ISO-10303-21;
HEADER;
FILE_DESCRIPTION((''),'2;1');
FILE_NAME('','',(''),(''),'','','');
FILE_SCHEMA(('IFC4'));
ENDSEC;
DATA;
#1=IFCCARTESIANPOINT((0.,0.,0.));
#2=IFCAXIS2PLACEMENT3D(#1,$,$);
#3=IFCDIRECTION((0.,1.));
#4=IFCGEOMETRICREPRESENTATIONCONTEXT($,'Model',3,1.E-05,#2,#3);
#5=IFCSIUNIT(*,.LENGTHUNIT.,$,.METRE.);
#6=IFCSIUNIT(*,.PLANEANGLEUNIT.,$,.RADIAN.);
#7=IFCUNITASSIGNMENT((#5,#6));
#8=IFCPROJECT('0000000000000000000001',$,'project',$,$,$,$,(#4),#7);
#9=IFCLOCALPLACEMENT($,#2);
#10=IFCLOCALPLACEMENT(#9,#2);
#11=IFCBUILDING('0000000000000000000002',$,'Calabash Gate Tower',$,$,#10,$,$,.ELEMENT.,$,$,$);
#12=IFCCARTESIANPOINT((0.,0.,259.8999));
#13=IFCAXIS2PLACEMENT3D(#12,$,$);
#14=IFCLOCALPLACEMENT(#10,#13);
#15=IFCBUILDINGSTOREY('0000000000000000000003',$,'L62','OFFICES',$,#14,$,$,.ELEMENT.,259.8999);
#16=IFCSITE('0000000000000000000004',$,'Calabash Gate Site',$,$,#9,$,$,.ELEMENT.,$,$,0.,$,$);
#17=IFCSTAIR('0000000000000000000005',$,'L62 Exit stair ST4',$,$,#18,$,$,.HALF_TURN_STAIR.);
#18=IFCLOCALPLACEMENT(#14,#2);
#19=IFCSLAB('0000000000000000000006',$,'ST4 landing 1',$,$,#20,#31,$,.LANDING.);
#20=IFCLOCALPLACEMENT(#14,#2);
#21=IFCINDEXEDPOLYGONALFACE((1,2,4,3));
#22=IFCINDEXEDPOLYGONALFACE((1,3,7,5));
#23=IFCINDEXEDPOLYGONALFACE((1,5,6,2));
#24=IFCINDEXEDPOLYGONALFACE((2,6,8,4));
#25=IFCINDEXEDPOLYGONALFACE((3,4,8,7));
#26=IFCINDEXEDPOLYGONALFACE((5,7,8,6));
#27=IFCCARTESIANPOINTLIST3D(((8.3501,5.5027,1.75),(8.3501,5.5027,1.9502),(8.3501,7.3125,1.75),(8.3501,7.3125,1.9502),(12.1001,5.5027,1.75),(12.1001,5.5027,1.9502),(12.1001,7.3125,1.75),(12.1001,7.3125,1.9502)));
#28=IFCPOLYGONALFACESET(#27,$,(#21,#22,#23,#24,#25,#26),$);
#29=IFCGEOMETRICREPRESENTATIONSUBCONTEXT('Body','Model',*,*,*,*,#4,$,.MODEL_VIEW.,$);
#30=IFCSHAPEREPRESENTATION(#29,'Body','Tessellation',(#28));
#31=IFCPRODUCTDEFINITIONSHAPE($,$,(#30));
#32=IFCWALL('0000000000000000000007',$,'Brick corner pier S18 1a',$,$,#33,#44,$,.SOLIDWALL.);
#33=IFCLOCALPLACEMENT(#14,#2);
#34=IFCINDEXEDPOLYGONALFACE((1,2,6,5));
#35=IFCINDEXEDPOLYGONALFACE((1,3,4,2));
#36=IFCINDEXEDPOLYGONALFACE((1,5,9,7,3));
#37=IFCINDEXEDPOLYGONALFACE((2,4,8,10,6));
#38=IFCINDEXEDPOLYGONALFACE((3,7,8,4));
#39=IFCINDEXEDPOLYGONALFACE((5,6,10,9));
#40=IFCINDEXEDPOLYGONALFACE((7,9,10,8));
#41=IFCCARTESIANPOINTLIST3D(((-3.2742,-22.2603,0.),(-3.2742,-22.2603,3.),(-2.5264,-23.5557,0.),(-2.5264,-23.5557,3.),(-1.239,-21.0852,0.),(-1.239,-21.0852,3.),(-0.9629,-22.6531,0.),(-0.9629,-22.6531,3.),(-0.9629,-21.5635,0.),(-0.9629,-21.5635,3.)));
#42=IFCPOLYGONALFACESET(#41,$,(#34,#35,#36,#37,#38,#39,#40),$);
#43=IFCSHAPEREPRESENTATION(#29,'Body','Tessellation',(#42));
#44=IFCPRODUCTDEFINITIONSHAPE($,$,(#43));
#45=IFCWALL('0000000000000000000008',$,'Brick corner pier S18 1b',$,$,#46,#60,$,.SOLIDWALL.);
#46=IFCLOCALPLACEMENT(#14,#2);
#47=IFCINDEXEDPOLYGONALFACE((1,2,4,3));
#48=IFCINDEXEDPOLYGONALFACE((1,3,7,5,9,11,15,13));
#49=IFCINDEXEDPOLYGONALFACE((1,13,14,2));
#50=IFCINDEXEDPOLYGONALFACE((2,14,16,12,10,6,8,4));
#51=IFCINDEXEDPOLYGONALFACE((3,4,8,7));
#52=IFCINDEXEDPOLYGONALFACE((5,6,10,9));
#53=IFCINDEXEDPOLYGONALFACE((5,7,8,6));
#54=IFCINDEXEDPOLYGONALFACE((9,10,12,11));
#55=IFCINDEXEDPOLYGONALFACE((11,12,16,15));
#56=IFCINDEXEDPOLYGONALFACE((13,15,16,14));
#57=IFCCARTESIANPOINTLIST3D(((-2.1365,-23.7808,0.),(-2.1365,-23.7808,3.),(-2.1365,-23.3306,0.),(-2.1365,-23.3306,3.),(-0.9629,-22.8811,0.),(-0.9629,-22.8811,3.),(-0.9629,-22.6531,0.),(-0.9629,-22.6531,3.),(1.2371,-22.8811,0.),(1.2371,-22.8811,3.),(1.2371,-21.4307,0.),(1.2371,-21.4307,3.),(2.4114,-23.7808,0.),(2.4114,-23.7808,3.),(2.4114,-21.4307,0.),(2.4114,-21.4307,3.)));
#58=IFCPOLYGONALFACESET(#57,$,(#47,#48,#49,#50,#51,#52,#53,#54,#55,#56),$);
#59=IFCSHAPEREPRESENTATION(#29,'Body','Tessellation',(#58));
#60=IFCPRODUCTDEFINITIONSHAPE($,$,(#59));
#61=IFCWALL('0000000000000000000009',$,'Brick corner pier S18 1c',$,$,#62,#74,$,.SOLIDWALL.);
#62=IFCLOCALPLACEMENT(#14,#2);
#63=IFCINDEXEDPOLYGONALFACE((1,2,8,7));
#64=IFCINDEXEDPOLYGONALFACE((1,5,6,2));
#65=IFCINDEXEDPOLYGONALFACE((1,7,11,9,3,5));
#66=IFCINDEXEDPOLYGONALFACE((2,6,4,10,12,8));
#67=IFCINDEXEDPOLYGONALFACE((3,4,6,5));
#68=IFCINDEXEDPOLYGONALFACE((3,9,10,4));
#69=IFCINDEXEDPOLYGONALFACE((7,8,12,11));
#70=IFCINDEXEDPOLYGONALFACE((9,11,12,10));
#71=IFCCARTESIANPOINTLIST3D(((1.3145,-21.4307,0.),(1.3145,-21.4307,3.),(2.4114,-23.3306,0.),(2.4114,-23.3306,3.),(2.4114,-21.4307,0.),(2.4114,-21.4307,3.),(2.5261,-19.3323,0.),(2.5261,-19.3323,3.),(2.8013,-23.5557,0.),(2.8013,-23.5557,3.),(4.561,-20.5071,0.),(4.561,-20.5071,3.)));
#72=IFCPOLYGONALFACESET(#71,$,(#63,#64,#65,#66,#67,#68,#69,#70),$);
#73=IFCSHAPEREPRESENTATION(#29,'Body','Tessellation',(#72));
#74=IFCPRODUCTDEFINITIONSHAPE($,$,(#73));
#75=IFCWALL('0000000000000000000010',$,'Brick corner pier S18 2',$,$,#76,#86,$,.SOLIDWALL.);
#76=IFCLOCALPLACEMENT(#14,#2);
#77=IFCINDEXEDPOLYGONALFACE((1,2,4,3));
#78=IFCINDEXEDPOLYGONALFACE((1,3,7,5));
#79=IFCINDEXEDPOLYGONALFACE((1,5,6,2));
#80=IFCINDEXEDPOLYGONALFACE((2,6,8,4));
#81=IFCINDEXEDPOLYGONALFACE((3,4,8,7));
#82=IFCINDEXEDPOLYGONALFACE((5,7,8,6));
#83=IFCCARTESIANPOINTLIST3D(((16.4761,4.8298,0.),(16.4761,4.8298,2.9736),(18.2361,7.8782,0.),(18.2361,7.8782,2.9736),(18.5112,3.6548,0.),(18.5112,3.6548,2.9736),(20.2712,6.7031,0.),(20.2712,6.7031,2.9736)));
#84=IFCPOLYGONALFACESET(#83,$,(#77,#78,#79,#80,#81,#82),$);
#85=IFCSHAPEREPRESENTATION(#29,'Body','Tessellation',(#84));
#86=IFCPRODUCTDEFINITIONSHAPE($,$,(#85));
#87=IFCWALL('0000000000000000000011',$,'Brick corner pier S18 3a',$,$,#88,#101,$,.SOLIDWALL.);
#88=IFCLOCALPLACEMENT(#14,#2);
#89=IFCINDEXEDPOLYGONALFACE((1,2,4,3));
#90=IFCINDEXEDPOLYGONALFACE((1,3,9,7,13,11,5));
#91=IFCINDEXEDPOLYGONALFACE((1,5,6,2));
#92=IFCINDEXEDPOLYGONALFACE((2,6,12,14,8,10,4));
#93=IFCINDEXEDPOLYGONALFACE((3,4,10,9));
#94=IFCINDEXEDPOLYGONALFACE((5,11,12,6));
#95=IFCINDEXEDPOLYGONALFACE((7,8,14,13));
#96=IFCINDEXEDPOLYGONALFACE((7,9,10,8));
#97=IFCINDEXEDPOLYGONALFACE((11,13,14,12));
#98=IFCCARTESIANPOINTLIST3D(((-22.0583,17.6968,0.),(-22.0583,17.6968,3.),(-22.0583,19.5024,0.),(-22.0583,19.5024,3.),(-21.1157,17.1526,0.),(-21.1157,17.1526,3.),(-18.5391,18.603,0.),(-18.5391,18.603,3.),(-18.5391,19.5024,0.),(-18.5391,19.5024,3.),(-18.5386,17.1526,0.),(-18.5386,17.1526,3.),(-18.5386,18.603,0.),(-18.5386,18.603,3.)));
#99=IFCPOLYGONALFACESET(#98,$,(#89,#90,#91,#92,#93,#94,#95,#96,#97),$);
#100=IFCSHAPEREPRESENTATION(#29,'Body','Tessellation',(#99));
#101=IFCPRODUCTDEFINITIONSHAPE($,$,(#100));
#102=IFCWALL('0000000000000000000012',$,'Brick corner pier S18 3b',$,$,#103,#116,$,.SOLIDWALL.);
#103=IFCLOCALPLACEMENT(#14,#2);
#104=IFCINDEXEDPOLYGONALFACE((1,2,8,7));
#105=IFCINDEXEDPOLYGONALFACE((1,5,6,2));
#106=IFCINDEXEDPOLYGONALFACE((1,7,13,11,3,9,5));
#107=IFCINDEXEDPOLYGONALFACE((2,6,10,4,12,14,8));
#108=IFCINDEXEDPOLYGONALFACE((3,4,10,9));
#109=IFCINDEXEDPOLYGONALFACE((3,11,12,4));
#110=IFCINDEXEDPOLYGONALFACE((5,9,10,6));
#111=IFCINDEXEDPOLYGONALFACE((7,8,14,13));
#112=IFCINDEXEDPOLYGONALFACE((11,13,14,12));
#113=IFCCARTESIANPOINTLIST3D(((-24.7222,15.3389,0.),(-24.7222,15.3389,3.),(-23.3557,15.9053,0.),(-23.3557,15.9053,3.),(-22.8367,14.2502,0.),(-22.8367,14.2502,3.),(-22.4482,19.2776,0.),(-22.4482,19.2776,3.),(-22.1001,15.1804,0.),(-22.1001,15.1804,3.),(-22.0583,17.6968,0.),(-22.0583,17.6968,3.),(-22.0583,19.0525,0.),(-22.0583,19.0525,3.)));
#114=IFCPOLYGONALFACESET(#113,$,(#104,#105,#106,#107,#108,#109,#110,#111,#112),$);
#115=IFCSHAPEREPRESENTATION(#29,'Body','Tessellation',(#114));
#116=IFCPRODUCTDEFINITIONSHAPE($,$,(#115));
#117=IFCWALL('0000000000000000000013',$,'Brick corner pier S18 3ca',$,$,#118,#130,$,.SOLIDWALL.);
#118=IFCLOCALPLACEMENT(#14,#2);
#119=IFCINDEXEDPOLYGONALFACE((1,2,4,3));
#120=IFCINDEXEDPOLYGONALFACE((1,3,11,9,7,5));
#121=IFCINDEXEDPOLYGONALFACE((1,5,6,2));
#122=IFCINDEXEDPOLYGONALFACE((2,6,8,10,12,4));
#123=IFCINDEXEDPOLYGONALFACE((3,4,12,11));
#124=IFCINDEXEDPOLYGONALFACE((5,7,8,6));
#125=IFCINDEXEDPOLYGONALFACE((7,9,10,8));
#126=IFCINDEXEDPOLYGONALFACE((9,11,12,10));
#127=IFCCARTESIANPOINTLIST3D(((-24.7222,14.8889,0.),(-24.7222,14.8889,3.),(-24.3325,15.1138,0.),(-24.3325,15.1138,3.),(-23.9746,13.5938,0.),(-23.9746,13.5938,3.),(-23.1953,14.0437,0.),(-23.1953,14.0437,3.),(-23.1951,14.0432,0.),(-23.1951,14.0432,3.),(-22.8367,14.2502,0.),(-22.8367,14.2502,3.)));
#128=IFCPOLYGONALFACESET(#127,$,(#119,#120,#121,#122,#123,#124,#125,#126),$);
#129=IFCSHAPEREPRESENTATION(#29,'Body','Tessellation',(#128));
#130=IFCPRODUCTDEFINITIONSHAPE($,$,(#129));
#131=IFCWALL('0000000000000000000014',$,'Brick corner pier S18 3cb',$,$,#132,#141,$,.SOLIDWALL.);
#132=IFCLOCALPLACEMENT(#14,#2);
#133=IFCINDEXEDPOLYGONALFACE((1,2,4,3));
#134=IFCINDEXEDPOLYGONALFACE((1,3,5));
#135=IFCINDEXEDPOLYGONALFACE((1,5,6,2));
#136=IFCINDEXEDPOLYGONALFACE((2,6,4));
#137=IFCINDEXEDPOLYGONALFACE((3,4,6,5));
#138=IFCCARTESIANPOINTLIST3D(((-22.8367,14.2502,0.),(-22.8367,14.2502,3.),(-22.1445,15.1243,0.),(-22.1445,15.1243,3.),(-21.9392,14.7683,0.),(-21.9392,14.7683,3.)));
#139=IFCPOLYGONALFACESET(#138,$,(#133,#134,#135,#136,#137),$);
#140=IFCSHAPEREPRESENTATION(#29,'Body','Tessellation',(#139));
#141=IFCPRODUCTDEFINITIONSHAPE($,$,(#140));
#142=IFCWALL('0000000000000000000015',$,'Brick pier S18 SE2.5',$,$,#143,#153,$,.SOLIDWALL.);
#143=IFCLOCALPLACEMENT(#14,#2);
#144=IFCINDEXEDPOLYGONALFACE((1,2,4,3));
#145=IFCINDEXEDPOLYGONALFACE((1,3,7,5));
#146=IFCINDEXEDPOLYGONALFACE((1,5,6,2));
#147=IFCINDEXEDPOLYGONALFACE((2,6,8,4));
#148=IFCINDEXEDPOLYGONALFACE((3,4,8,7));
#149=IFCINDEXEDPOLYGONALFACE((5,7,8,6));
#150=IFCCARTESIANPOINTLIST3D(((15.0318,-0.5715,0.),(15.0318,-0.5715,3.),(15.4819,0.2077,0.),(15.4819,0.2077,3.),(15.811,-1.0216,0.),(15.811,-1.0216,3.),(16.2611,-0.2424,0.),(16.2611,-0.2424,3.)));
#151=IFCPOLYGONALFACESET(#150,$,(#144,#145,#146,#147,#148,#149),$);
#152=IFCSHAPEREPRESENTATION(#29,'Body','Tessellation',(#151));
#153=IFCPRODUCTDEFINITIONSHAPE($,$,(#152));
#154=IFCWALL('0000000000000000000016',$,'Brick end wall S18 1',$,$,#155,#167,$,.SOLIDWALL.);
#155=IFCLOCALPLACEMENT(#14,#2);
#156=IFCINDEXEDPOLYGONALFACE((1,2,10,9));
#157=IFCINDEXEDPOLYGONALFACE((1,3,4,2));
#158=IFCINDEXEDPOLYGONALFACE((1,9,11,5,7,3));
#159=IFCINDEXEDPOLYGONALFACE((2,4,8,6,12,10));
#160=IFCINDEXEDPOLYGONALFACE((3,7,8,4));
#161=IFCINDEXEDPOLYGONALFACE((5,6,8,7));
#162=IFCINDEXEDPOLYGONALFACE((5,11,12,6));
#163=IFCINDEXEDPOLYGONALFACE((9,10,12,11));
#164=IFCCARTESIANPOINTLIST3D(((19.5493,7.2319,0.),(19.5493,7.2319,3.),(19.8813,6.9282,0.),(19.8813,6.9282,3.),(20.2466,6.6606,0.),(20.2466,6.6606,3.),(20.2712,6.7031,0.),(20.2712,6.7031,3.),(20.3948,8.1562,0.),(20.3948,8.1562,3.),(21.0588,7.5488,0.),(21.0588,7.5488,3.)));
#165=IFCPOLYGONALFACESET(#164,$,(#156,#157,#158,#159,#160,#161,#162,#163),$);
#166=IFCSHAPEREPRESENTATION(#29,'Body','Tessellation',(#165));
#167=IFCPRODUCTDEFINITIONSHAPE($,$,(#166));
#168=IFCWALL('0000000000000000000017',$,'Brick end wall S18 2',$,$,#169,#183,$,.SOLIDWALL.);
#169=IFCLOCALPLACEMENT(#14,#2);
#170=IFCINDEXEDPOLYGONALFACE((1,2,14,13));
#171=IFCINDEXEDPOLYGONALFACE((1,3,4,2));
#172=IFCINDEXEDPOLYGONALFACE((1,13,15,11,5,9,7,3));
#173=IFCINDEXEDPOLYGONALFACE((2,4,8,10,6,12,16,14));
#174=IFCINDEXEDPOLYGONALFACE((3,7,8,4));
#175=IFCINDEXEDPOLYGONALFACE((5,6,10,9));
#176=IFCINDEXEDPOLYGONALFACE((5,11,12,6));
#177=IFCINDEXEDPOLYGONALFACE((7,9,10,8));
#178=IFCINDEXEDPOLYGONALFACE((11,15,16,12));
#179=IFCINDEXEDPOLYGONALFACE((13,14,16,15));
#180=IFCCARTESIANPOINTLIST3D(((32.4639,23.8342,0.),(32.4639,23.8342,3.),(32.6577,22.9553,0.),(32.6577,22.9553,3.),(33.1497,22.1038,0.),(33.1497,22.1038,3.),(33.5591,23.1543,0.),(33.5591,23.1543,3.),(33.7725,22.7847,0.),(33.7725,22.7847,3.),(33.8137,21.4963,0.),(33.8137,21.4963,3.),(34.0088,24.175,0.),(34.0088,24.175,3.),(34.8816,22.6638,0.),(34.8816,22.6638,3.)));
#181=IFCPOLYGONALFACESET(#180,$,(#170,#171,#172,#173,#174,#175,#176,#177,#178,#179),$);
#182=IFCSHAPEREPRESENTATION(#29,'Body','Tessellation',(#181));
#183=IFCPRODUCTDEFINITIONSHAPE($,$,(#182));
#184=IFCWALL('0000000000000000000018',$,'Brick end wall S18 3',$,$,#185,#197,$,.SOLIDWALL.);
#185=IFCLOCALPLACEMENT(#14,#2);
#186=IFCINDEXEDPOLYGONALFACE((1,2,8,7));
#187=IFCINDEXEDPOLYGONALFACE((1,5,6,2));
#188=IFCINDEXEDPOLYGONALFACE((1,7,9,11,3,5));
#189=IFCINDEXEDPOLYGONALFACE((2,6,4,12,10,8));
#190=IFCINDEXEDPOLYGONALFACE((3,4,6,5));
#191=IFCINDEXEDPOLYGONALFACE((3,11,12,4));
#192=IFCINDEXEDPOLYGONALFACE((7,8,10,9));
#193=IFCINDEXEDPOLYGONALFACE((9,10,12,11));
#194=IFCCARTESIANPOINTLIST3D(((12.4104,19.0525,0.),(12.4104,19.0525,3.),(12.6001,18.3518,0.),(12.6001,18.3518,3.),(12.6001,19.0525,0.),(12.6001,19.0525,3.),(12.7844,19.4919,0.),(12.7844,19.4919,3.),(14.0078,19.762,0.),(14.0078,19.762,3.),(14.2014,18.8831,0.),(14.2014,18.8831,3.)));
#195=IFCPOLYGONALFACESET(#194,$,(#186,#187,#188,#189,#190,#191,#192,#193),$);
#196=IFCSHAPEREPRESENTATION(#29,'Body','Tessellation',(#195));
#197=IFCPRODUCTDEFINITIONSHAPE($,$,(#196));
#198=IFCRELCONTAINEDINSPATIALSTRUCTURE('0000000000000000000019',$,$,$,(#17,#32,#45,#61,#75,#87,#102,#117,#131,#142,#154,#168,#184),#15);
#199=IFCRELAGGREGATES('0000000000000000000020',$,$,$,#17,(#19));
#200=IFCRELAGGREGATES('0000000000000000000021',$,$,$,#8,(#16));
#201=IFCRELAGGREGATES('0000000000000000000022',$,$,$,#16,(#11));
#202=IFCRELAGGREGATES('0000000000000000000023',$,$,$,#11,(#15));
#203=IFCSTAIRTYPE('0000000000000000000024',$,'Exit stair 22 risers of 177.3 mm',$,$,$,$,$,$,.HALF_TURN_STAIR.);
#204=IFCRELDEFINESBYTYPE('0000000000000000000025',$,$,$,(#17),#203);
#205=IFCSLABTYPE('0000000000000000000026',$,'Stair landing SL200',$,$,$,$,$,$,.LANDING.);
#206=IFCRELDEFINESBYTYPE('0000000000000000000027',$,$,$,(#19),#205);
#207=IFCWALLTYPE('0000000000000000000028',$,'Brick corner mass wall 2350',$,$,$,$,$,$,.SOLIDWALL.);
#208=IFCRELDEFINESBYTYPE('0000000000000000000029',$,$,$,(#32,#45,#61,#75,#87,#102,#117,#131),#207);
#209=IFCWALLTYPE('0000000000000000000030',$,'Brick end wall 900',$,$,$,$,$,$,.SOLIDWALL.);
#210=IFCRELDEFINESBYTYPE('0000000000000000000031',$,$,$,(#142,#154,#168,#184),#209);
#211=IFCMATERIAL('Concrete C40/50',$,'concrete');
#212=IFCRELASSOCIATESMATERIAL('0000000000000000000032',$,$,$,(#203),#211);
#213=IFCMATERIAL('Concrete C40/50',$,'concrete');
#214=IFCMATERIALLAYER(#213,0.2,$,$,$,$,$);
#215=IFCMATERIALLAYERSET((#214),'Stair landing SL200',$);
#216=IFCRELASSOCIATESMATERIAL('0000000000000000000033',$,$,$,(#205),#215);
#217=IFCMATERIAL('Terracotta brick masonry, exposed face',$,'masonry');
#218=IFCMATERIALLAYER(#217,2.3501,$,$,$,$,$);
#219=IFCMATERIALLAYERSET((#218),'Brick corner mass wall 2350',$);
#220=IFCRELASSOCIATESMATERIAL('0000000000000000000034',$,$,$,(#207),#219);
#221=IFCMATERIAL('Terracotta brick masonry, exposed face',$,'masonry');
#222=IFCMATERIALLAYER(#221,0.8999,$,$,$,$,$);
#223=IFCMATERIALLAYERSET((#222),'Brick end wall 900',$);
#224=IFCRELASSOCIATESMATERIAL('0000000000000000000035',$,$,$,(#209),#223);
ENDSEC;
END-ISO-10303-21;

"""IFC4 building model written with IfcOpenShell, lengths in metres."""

from ifc_helpers import new_model, si_unit, direction, frame, frame_2d, origin, place, context, subcontext, project, spatial, polyline, rectangle, outline, extrude, material, layer, layer_set, type_object, element, aggregate, save


model = new_model("IFC4")

# Units and contexts
model_context = context("Model", 3, precision=1e-05, world=origin(), true_north=direction((0.0, 1.0)))
body_context = subcontext(model_context, "Body", "Model", "MODEL_VIEW")
ifc_project = project(units=[si_unit("LENGTHUNIT", "METRE"), si_unit("PLANEANGLEUNIT", "RADIAN")], contexts=[model_context])

# Site, building, storey
site_placement = place(None, origin())
site = spatial("IfcSite", under=ifc_project, at=site_placement, Name="Calabash Gate Site", CompositionType="ELEMENT", RefElevation=0.0)
building_placement = place(site_placement, origin())
building = spatial("IfcBuilding", under=site, at=building_placement, Name="Calabash Gate Tower", CompositionType="ELEMENT")
storey_placement = place(building_placement, frame((0.0, 0.0, 259.8999)))
storey = spatial("IfcBuildingStorey", under=building, at=storey_placement, Name="L62", Description="OFFICES", CompositionType="ELEMENT", Elevation=259.8999)

# Stair, slab
ifc_material_1 = material(Name="Concrete C40/50", Category="concrete")
stair_type = type_object("IfcStairType", Name="Exit stair 22 risers of 177.3 mm", PredefinedType="HALF_TURN_STAIR", material=ifc_material_1)
ifc_material_2 = material(Name="Concrete C40/50", Category="concrete")
ifc_layer_1 = layer(ifc_material_2, 0.2)
ifc_layer_set_1 = layer_set([ifc_layer_1], Name="Stair landing SL200")
slab_type = type_object("IfcSlabType", Name="Stair landing SL200", PredefinedType="LANDING", material=ifc_layer_set_1)
stair_1_placement = place(storey_placement, origin())
stair_1 = element("IfcStair", 1, at=stair_1_placement, inside=storey, type_object=stair_type, Name="L62 Exit stair ST4", PredefinedType="HALF_TURN_STAIR")
slab_1_placement = place(storey_placement, frame((0.0, 0.0, 1.75)))
slab_1 = element("IfcSlab", 2, at=slab_1_placement, type_object=slab_type, Name="ST4 landing 1", PredefinedType="LANDING", context=body_context, shape_type="SweptSolid", body=[
    extrude(outline(polyline([(8.3501, 7.3125), (8.3501, 5.5027), (12.1001, 5.5027), (12.1001, 7.3125), (8.3501, 7.3125)])), origin(), (0.0, 0.0, 1.0), 0.2002),
])
aggregate(stair_1, [slab_1])

# Walls
ifc_material_3 = material(Name="Terracotta brick masonry, exposed face", Category="masonry")
ifc_layer_2 = layer(ifc_material_3, 2.3501)
ifc_layer_set_2 = layer_set([ifc_layer_2], Name="Brick corner mass wall 2350")
wall_type_1 = type_object("IfcWallType", Name="Brick corner mass wall 2350", PredefinedType="SOLIDWALL", material=ifc_layer_set_2)
wall_1_placement = place(storey_placement, origin())
element("IfcWall", 3, at=wall_1_placement, inside=storey, type_object=wall_type_1, Name="Brick corner pier S18 1a", PredefinedType="SOLIDWALL", context=body_context, shape_type="SweptSolid", body=[
    extrude(outline(polyline([(-1.239, -21.0852), (-3.2742, -22.2603), (-2.5264, -23.5557), (-0.9629, -22.6531), (-0.9629, -21.5635), (-1.239, -21.0852)])), origin(), (0.0, 0.0, 1.0), 3.0),
])
wall_2_placement = place(storey_placement, origin())
element("IfcWall", 4, at=wall_2_placement, inside=storey, type_object=wall_type_1, Name="Brick corner pier S18 1b", PredefinedType="SOLIDWALL", context=body_context, shape_type="SweptSolid", body=[
    extrude(outline(polyline([(-0.9629, -22.8811), (-0.9629, -22.6531), (-2.1365, -23.3306), (-2.1365, -23.7808), (2.4114, -23.7808), (2.4114, -21.4307), (1.2371, -21.4307), (1.2371, -22.8811), (-0.9629, -22.8811)])), origin(), (0.0, 0.0, 1.0), 3.0),
])
wall_3_placement = place(storey_placement, origin())
element("IfcWall", 5, at=wall_3_placement, inside=storey, type_object=wall_type_1, Name="Brick corner pier S18 1c", PredefinedType="SOLIDWALL", context=body_context, shape_type="SweptSolid", body=[
    extrude(outline(polyline([(4.561, -20.5071), (2.5261, -19.3323), (1.3145, -21.4307), (2.4114, -21.4307), (2.4114, -23.3306), (2.8013, -23.5557), (4.561, -20.5071)])), origin(), (0.0, 0.0, 1.0), 3.0),
])
wall_4_placement = place(storey_placement, origin())
element("IfcWall", 6, at=wall_4_placement, inside=storey, type_object=wall_type_1, Name="Brick corner pier S18 2", PredefinedType="SOLIDWALL", context=body_context, shape_type="SweptSolid", body=[
    extrude(outline(polyline([(18.2361, 7.8782), (16.4761, 4.8298), (18.5112, 3.6548), (20.2712, 6.7031), (18.2361, 7.8782)])), origin(), (0.0, 0.0, 1.0), 2.9736),
])
wall_5_placement = place(storey_placement, origin())
element("IfcWall", 7, at=wall_5_placement, inside=storey, type_object=wall_type_1, Name="Brick corner pier S18 3a", PredefinedType="SOLIDWALL", context=body_context, shape_type="SweptSolid", body=[
    extrude(outline(polyline([(-21.1157, 17.1526), (-18.5386, 17.1526), (-18.5386, 18.603), (-18.5391, 18.603), (-18.5391, 19.5024), (-22.0583, 19.5024), (-22.0583, 17.6968), (-21.1157, 17.1526)])), origin(), (0.0, 0.0, 1.0), 3.0),
])
wall_6_placement = place(storey_placement, origin())
element("IfcWall", 8, at=wall_6_placement, inside=storey, type_object=wall_type_1, Name="Brick corner pier S18 3b", PredefinedType="SOLIDWALL", context=body_context, shape_type="SweptSolid", body=[
    extrude(outline(polyline([(-23.3557, 15.9053), (-22.0583, 17.6968), (-22.0583, 19.0525), (-22.4482, 19.2776), (-24.7222, 15.3389), (-22.8367, 14.2502), (-22.1001, 15.1804), (-23.3557, 15.9053)])), origin(), (0.0, 0.0, 1.0), 3.0),
])
wall_7_placement = place(storey_placement, origin())
element("IfcWall", 9, at=wall_7_placement, inside=storey, type_object=wall_type_1, Name="Brick corner pier S18 3ca", PredefinedType="SOLIDWALL", context=body_context, shape_type="SweptSolid", body=[
    extrude(outline(polyline([(-23.9746, 13.5938), (-23.1953, 14.0437), (-23.1951, 14.0432), (-22.8367, 14.2502), (-24.3325, 15.1138), (-24.7222, 14.8889), (-23.9746, 13.5938)])), origin(), (0.0, 0.0, 1.0), 3.0),
])
wall_8_placement = place(storey_placement, origin())
element("IfcWall", 10, at=wall_8_placement, inside=storey, type_object=wall_type_1, Name="Brick corner pier S18 3cb", PredefinedType="SOLIDWALL", context=body_context, shape_type="SweptSolid", body=[
    extrude(outline(polyline([(-21.9392, 14.7683), (-22.1445, 15.1243), (-22.8367, 14.2502), (-21.9392, 14.7683)])), origin(), (0.0, 0.0, 1.0), 3.0),
])
ifc_material_4 = material(Name="Terracotta brick masonry, exposed face", Category="masonry")
ifc_layer_3 = layer(ifc_material_4, 0.8999)
ifc_layer_set_3 = layer_set([ifc_layer_3], Name="Brick end wall 900")
wall_type_2 = type_object("IfcWallType", Name="Brick end wall 900", PredefinedType="SOLIDWALL", material=ifc_layer_set_3)
wall_9_placement = place(storey_placement, frame((15.2568, -0.1819, 0.0), z_axis=(0.0, 0.0, 1.0), x_axis=(0.865896, -0.500223, 0.0)))
element("IfcWall", 11, at=wall_9_placement, inside=storey, type_object=wall_type_2, Name="Brick pier S18 SE2.5", PredefinedType="SOLIDWALL", context=body_context, shape_type="SweptSolid", body=[
    extrude(rectangle(XDim=0.8999, YDim=0.8999, at=frame_2d((0.45, 0.0))), origin(), (0.0, 0.0, 1.0), 3.0),
])
wall_10_placement = place(storey_placement, origin())
element("IfcWall", 12, at=wall_10_placement, inside=storey, type_object=wall_type_2, Name="Brick end wall S18 1", PredefinedType="SOLIDWALL", context=body_context, shape_type="SweptSolid", body=[
    extrude(outline(polyline([(20.3948, 8.1562), (19.5493, 7.2319), (19.8813, 6.9282), (20.2712, 6.7031), (20.2466, 6.6606), (21.0588, 7.5488), (20.3948, 8.1562)])), origin(), (0.0, 0.0, 1.0), 3.0),
])
wall_11_placement = place(storey_placement, origin())
element("IfcWall", 13, at=wall_11_placement, inside=storey, type_object=wall_type_2, Name="Brick end wall S18 2", PredefinedType="SOLIDWALL", context=body_context, shape_type="SweptSolid", body=[
    extrude(outline(polyline([(33.8137, 21.4963), (34.8816, 22.6638), (34.0088, 24.175), (32.4639, 23.8342), (32.6577, 22.9553), (33.5591, 23.1543), (33.7725, 22.7847), (33.1497, 22.1038), (33.8137, 21.4963)])), origin(), (0.0, 0.0, 1.0), 3.0),
])
wall_12_placement = place(storey_placement, origin())
element("IfcWall", 14, at=wall_12_placement, inside=storey, type_object=wall_type_2, Name="Brick end wall S18 3", PredefinedType="SOLIDWALL", context=body_context, shape_type="SweptSolid", body=[
    extrude(outline(polyline([(14.2014, 18.8831), (14.0078, 19.762), (12.7844, 19.4919), (12.4104, 19.0525), (12.6001, 19.0525), (12.6001, 18.3518), (14.2014, 18.8831)])), origin(), (0.0, 0.0, 1.0), 3.0),
])

save(model, "model.ifc")
